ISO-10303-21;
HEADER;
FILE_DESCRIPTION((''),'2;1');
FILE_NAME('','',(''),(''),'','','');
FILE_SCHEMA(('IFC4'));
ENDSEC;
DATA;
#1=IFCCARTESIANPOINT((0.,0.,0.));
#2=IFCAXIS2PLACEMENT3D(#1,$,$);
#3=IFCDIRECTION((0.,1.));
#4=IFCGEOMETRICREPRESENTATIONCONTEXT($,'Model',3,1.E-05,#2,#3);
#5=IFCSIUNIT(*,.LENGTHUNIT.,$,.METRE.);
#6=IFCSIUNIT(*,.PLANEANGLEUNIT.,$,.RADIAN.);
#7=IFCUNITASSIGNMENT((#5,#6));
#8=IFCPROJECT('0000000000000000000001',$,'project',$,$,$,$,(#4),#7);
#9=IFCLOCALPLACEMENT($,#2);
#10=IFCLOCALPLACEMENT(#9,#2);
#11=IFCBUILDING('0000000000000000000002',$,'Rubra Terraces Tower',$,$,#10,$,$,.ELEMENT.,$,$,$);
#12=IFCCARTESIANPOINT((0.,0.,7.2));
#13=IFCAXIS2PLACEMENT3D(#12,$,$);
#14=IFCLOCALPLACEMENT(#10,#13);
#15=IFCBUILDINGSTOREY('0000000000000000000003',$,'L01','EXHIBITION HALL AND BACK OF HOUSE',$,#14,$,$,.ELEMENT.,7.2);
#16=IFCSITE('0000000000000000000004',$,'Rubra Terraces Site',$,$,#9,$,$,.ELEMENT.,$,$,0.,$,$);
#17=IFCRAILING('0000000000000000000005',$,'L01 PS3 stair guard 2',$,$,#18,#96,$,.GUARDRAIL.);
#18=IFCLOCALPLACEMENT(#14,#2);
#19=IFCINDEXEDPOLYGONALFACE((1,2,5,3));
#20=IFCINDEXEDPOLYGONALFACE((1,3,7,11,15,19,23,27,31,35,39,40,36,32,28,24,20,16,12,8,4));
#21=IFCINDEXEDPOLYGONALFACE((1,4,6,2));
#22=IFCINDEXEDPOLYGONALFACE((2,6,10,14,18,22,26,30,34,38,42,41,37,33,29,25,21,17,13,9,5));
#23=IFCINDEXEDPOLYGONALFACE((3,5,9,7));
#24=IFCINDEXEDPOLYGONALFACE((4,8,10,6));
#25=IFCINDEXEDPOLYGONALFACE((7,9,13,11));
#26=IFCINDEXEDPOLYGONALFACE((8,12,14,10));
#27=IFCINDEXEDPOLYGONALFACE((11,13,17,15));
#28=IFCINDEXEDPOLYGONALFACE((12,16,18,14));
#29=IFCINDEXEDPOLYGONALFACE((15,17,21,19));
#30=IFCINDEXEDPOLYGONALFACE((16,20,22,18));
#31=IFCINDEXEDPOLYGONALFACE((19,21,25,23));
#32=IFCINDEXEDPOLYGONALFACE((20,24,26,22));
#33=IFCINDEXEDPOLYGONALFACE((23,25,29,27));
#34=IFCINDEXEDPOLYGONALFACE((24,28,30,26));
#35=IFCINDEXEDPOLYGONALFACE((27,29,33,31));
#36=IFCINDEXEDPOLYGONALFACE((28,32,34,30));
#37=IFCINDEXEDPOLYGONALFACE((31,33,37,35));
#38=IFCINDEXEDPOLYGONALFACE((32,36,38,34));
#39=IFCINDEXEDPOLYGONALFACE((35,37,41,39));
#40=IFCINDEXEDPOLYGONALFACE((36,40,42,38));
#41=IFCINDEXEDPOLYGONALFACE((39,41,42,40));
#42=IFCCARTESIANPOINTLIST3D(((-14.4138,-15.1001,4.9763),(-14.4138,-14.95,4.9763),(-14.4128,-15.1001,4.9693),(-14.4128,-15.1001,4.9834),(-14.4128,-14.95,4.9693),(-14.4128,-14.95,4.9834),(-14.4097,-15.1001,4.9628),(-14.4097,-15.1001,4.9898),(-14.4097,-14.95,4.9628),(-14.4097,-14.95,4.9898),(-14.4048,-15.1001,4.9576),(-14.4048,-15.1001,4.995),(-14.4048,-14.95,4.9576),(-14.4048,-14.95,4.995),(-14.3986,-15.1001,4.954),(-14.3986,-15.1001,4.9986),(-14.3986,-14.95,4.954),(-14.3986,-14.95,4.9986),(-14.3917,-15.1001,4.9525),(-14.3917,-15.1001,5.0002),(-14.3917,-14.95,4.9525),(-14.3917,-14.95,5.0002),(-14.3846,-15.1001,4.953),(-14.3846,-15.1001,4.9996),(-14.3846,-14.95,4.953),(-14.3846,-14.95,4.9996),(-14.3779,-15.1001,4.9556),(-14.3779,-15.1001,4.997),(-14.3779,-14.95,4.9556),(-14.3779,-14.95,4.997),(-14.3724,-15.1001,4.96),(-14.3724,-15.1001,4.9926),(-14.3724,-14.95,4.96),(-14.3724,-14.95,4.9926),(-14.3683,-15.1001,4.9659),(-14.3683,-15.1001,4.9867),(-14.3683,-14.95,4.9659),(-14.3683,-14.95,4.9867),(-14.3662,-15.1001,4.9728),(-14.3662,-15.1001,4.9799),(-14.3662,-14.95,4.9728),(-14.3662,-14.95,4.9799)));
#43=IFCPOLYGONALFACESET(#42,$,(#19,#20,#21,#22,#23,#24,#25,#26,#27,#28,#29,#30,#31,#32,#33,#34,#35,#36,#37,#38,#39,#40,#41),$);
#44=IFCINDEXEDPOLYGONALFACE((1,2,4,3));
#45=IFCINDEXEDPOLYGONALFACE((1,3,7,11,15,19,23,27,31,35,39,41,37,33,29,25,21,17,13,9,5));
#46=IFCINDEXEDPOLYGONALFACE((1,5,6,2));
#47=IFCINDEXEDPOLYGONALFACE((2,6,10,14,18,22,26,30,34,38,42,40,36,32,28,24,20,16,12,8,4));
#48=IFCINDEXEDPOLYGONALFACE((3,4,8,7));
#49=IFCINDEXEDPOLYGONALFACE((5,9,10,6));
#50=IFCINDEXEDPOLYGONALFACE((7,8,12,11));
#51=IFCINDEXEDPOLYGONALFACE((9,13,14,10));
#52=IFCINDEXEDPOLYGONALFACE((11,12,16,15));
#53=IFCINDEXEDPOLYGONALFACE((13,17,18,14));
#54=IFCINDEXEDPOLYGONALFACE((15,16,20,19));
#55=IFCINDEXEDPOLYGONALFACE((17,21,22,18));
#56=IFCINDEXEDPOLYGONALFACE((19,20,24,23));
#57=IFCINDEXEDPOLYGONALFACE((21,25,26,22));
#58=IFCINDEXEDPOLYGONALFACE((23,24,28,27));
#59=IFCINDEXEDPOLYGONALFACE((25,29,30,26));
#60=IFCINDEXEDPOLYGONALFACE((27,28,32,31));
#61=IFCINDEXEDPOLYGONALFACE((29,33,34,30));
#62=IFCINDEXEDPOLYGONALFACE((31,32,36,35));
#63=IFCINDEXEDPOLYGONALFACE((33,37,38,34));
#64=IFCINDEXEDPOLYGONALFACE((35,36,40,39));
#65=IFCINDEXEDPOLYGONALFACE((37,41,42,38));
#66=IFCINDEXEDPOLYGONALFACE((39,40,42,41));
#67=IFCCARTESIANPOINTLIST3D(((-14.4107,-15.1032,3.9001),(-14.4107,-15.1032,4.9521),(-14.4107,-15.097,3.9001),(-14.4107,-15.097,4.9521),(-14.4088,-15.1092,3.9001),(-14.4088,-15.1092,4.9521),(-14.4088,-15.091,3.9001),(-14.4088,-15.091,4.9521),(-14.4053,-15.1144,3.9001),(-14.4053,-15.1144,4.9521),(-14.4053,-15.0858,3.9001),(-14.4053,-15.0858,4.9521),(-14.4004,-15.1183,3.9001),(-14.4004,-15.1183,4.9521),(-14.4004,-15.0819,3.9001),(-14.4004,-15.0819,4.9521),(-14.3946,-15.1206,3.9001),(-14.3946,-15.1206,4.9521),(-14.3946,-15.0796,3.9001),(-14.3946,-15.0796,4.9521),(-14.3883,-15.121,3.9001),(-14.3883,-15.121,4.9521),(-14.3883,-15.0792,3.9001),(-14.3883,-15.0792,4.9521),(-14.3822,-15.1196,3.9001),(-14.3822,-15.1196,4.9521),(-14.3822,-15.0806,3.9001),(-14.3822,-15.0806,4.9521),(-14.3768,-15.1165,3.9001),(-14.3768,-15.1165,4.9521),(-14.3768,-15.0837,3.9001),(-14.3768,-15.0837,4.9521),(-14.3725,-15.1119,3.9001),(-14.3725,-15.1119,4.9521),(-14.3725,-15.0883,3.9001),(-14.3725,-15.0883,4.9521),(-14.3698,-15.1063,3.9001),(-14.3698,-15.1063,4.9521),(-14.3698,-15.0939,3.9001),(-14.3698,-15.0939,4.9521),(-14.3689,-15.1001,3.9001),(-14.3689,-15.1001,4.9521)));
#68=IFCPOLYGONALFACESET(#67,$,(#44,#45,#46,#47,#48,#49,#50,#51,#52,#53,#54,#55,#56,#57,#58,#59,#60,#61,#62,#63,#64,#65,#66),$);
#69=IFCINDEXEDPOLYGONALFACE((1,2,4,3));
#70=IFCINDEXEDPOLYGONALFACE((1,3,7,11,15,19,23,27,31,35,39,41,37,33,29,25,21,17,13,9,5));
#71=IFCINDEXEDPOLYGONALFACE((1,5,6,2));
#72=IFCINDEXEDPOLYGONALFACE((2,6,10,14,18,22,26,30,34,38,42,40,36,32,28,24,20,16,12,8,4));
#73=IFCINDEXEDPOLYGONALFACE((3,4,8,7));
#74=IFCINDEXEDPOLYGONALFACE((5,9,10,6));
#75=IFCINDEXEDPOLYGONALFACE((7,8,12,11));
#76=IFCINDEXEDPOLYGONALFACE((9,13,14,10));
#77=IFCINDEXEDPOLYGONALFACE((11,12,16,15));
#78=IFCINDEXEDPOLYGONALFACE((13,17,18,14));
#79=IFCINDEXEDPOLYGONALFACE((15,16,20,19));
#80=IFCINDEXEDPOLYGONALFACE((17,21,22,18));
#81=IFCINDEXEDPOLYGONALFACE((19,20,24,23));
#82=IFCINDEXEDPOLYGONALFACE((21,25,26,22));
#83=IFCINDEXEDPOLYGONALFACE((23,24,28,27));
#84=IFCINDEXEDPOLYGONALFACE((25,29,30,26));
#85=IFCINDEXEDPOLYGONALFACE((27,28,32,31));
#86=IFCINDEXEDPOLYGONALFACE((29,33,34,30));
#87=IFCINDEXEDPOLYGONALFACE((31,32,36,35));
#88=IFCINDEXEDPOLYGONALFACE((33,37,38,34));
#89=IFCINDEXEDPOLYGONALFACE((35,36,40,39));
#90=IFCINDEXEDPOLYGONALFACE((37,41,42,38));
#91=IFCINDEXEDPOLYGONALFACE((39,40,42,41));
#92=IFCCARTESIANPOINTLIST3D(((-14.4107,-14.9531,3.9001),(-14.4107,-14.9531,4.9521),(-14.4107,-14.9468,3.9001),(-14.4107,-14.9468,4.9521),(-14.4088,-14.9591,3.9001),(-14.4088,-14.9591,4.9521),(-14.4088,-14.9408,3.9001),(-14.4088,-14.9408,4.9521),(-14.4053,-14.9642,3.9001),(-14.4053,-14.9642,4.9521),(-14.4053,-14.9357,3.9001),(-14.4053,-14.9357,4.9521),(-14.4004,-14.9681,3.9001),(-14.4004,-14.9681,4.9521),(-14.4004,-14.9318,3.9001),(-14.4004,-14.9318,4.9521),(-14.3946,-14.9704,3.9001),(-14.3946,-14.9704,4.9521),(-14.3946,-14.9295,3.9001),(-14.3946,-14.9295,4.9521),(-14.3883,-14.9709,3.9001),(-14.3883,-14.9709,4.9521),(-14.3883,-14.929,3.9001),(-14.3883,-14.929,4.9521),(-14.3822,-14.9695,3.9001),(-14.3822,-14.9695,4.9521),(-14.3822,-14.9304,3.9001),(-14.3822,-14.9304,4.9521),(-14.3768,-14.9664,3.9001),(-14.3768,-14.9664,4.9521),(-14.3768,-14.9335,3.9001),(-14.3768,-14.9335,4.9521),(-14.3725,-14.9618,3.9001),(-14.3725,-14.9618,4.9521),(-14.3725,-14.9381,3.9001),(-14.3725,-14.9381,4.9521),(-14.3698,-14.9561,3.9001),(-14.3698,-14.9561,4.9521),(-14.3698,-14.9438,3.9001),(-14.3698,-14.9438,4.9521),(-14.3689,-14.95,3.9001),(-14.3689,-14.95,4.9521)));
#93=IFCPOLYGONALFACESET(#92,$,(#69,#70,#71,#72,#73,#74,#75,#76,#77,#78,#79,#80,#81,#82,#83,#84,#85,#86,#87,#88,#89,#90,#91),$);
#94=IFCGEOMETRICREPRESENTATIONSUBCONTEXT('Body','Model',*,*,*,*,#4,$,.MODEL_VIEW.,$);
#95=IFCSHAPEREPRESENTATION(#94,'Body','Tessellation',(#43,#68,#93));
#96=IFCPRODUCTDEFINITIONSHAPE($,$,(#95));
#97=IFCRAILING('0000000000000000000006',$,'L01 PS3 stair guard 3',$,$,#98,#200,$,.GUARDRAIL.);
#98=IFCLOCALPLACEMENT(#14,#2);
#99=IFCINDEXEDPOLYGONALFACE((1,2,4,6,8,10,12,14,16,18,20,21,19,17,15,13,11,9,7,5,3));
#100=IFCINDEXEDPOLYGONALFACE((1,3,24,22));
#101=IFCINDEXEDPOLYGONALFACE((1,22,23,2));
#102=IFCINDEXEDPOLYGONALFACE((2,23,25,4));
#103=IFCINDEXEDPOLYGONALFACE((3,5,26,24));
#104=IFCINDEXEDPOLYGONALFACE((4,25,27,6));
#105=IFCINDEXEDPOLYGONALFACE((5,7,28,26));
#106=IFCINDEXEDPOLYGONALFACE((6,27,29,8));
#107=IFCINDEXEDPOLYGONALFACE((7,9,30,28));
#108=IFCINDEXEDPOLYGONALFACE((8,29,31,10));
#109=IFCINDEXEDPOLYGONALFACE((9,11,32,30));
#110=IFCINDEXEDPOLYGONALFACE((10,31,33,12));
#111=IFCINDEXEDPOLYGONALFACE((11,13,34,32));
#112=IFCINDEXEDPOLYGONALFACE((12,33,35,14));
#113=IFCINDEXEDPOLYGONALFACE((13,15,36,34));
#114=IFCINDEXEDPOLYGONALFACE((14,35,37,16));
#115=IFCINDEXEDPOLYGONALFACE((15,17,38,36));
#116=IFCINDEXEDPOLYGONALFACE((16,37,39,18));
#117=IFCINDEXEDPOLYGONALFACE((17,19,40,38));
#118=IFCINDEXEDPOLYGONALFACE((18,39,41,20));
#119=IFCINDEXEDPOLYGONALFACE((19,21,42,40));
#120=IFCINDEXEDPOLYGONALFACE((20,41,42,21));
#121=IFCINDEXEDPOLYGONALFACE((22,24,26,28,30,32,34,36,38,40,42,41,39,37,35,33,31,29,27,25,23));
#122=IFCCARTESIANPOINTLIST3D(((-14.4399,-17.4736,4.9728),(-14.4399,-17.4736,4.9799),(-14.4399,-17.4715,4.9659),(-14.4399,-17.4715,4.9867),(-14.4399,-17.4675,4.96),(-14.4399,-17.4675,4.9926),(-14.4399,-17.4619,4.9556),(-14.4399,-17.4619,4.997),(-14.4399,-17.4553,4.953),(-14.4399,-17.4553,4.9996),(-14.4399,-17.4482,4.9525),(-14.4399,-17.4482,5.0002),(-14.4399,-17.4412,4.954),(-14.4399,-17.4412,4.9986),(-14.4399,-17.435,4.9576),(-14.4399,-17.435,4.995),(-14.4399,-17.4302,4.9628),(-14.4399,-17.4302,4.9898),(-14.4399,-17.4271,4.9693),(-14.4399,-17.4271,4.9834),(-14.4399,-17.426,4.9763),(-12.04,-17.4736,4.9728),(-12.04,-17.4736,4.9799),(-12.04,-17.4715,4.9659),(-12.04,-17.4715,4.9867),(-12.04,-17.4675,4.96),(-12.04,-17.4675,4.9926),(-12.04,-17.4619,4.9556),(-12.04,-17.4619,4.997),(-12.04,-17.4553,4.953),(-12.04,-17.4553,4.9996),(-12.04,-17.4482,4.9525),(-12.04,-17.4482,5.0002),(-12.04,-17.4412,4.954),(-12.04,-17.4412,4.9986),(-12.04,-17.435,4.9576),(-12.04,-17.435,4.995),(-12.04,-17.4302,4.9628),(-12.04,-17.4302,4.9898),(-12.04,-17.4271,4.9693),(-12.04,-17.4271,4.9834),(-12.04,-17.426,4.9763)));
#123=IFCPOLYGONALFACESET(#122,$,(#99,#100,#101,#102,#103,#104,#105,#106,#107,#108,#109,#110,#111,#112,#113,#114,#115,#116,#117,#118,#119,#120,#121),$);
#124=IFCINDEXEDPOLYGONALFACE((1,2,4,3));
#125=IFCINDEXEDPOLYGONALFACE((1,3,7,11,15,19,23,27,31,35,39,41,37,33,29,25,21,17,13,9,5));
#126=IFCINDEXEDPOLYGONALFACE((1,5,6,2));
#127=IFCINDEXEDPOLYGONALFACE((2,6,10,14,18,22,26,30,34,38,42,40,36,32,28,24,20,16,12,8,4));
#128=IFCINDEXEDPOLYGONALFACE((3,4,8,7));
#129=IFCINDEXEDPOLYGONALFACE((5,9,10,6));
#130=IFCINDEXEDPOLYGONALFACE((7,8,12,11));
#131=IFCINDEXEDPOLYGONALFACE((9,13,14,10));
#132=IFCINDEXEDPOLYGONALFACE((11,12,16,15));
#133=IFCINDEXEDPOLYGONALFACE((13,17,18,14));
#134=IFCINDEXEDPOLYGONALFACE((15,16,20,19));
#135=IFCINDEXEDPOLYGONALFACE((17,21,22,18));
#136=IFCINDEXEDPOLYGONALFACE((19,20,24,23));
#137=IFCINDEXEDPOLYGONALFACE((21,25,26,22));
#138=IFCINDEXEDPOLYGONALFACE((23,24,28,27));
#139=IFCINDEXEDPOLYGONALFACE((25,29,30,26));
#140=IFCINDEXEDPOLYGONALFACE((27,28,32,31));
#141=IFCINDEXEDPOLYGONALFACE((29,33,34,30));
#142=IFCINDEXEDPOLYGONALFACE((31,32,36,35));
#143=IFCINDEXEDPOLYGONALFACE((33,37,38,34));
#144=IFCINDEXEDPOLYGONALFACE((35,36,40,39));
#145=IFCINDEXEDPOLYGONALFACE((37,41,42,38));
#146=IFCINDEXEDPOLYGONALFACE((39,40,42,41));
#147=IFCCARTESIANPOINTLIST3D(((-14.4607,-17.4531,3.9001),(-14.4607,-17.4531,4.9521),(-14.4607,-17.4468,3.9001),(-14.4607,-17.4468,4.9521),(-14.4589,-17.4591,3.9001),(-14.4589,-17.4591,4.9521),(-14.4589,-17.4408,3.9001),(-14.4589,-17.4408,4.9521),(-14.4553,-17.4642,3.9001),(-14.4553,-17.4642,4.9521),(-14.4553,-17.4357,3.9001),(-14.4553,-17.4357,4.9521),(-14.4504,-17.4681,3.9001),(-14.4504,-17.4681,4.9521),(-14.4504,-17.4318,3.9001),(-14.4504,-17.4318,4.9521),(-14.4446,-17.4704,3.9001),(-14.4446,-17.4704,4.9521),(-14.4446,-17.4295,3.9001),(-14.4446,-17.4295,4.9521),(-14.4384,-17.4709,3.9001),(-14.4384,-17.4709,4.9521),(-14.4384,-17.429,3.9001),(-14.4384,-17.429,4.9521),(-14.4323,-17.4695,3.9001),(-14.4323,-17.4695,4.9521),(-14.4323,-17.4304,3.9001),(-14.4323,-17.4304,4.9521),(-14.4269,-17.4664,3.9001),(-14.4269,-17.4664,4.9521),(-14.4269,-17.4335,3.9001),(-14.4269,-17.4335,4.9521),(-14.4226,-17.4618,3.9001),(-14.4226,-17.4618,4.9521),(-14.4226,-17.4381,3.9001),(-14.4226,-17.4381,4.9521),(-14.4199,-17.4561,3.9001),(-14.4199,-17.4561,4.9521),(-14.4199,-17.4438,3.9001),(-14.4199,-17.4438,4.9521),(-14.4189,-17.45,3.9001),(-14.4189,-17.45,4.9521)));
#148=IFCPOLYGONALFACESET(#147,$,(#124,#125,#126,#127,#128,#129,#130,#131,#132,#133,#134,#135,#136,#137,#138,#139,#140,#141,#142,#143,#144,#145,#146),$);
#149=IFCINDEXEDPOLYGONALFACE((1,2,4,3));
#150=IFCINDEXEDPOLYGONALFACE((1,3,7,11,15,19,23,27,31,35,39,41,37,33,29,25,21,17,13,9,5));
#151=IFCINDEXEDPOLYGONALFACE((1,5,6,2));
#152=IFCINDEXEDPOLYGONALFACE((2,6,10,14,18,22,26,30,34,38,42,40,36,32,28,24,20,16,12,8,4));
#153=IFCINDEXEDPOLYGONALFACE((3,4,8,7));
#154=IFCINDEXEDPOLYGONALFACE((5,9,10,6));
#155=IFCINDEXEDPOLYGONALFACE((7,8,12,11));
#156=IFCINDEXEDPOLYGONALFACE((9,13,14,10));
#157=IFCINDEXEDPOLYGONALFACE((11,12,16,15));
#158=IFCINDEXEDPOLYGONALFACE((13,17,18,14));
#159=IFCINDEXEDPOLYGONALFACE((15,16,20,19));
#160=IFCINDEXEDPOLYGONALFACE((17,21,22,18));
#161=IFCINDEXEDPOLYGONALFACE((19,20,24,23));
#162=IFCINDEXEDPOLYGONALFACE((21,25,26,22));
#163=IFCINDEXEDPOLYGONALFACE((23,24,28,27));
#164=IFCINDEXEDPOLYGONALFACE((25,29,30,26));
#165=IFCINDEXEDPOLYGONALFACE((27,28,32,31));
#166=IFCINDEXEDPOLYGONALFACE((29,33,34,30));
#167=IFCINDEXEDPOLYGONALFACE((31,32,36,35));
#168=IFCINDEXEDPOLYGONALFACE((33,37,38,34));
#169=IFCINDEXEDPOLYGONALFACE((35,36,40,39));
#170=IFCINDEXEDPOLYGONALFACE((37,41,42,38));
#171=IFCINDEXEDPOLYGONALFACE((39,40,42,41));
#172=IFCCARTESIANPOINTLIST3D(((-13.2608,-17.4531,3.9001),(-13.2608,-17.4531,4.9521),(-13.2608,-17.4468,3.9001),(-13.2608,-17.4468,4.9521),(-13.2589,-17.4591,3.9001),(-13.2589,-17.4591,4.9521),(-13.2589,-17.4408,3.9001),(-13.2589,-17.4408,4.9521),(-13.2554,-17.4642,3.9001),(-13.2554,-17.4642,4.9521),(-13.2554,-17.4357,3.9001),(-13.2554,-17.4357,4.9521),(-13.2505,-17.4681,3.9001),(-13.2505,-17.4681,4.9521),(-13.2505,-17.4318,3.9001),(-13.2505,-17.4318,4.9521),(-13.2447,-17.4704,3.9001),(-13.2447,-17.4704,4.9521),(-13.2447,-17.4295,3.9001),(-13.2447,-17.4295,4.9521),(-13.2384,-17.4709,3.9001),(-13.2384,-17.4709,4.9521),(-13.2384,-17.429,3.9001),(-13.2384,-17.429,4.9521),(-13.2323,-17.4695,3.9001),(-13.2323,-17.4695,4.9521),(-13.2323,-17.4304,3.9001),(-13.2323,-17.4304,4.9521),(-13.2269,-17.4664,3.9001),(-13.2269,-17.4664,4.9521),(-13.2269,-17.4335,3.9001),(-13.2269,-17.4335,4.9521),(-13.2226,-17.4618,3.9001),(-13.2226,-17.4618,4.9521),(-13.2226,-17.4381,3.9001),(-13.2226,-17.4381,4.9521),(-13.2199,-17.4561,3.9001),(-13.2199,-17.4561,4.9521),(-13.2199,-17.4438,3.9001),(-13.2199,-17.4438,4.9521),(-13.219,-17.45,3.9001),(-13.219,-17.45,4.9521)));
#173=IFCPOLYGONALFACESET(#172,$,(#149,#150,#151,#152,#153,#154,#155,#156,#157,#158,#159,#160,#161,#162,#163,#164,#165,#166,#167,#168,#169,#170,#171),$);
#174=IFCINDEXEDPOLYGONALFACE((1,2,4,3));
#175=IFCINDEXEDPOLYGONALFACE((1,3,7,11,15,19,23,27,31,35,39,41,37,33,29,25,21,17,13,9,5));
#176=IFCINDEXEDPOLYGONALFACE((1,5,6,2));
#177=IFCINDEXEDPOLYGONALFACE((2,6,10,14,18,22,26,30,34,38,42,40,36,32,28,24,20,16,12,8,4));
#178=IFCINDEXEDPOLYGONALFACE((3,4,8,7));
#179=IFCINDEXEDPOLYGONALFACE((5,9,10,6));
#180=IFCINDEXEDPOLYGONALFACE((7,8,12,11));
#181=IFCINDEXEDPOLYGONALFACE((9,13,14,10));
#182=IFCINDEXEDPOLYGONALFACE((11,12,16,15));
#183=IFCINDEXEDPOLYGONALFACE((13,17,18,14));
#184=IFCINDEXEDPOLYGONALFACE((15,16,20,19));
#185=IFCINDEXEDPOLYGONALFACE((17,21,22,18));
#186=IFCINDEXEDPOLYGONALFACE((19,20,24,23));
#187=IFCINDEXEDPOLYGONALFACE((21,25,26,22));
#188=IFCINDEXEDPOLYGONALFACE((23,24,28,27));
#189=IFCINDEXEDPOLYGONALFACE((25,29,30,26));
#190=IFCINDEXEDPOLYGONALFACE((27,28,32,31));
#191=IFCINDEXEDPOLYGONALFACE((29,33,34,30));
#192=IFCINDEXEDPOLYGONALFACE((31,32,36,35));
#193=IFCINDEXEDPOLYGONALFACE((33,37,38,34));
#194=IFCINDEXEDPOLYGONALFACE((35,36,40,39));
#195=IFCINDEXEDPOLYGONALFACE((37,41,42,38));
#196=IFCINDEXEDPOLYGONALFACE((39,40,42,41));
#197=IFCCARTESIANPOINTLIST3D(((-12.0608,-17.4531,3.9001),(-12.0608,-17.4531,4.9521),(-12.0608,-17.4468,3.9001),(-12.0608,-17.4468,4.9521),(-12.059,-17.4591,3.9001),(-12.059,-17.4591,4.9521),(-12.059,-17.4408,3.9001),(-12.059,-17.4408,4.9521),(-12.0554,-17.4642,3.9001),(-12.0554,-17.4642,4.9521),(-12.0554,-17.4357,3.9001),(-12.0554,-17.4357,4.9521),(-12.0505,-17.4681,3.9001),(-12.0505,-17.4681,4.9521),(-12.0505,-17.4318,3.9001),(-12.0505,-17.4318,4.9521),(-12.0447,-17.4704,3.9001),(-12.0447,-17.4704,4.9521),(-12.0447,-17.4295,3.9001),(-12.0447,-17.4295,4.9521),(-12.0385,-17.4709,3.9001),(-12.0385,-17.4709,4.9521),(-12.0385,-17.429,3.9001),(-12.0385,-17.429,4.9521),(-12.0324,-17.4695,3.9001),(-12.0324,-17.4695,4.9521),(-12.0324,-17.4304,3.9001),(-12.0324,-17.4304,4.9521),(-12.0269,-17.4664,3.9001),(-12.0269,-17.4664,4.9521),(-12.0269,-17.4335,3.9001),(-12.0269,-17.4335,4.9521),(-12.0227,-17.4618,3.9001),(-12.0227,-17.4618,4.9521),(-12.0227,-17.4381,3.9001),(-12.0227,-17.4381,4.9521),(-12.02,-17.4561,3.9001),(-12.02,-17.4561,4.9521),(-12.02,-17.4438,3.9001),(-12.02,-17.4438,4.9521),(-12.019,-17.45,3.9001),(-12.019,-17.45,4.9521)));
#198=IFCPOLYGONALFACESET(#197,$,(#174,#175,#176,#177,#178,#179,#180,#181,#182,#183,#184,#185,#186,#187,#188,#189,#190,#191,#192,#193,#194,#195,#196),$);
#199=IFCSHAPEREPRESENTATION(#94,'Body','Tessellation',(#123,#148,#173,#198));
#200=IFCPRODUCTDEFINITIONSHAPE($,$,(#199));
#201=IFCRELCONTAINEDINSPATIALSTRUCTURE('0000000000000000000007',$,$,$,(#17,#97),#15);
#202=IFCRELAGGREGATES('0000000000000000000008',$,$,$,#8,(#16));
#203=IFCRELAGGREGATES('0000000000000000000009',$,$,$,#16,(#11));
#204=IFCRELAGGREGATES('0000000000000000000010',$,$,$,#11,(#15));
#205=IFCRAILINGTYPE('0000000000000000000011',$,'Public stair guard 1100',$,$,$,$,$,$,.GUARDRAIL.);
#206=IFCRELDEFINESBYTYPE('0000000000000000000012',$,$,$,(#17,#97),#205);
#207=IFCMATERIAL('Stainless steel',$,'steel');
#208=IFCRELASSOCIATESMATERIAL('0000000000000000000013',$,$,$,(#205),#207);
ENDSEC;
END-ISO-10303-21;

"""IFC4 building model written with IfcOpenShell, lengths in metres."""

from ifc_helpers import new_model, si_unit, direction, frame, origin, origin_2d, place, context, subcontext, project, spatial, circle, extrude, material, type_object, element, save


model = new_model("IFC4")

# Units and contexts
model_context = context("Model", 3, precision=1e-05, world=origin(), true_north=direction((0.0, 1.0)))
body_context = subcontext(model_context, "Body", "Model", "MODEL_VIEW")
ifc_project = project(units=[si_unit("LENGTHUNIT", "METRE"), si_unit("PLANEANGLEUNIT", "RADIAN")], contexts=[model_context])

# Site, building, storey
site_placement = place(None, origin())
site = spatial("IfcSite", under=ifc_project, at=site_placement, Name="Rubra Terraces Site", CompositionType="ELEMENT", RefElevation=0.0)
building_placement = place(site_placement, origin())
building = spatial("IfcBuilding", under=site, at=building_placement, Name="Rubra Terraces Tower", CompositionType="ELEMENT")
storey_placement = place(building_placement, frame((0.0, 0.0, 7.2)))
storey = spatial("IfcBuildingStorey", under=building, at=storey_placement, Name="L01", Description="EXHIBITION HALL AND BACK OF HOUSE", CompositionType="ELEMENT", Elevation=7.2)

# Railings
ifc_material_1 = material(Name="Stainless steel", Category="steel")
railing_type_1 = type_object("IfcRailingType", Name="Public stair guard 1100", PredefinedType="GUARDRAIL", material=ifc_material_1)
railing_1_placement = place(storey_placement, frame((-14.3899, -15.1001, 3.9001)))
element("IfcRailing", 1, at=railing_1_placement, inside=storey, type_object=railing_type_1, Name="L01 PS3 stair guard 2", PredefinedType="GUARDRAIL", context=body_context, shape_type="SweptSolid", body=[
    extrude(circle(Radius=0.0239, at=origin_2d()), frame((0.0, 0.0, 1.0762), z_axis=(0.0, 1.0, 0.0), x_axis=(-1.0, 0.0, 0.0)), (0.0, 0.0, 1.0), 0.1501),
    extrude(circle(Radius=0.021, at=origin_2d()), origin(), (0.0, 0.0, 1.0), 1.052),
    extrude(circle(Radius=0.021, at=origin_2d()), frame((0.0, 0.1501, 0.0)), (0.0, 0.0, 1.0), 1.052),
])
for number, where, name in (
    (2, (-14.4399, -17.45, 3.9001), "L01 PS3 stair guard 3"),
):
    element("IfcRailing", number, at=place(storey_placement, frame(where)), inside=storey, type_object=railing_type_1, Name=name, PredefinedType="GUARDRAIL", context=body_context, shape_type="SweptSolid", body=[
        extrude(circle(Radius=0.0239, at=origin_2d()), frame((0.0, 0.0, 1.0762), z_axis=(1.0, 0.0, 0.0), x_axis=(0.0, 1.0, 0.0)), (0.0, 0.0, 1.0), 2.3999),
        extrude(circle(Radius=0.021, at=origin_2d()), origin(), (0.0, 0.0, 1.0), 1.052),
        extrude(circle(Radius=0.021, at=origin_2d()), frame((1.2, 0.0, 0.0)), (0.0, 0.0, 1.0), 1.052),
        extrude(circle(Radius=0.021, at=origin_2d()), frame((2.3999, 0.0, 0.0)), (0.0, 0.0, 1.0), 1.052),
    ])

save(model, "model.ifc")
